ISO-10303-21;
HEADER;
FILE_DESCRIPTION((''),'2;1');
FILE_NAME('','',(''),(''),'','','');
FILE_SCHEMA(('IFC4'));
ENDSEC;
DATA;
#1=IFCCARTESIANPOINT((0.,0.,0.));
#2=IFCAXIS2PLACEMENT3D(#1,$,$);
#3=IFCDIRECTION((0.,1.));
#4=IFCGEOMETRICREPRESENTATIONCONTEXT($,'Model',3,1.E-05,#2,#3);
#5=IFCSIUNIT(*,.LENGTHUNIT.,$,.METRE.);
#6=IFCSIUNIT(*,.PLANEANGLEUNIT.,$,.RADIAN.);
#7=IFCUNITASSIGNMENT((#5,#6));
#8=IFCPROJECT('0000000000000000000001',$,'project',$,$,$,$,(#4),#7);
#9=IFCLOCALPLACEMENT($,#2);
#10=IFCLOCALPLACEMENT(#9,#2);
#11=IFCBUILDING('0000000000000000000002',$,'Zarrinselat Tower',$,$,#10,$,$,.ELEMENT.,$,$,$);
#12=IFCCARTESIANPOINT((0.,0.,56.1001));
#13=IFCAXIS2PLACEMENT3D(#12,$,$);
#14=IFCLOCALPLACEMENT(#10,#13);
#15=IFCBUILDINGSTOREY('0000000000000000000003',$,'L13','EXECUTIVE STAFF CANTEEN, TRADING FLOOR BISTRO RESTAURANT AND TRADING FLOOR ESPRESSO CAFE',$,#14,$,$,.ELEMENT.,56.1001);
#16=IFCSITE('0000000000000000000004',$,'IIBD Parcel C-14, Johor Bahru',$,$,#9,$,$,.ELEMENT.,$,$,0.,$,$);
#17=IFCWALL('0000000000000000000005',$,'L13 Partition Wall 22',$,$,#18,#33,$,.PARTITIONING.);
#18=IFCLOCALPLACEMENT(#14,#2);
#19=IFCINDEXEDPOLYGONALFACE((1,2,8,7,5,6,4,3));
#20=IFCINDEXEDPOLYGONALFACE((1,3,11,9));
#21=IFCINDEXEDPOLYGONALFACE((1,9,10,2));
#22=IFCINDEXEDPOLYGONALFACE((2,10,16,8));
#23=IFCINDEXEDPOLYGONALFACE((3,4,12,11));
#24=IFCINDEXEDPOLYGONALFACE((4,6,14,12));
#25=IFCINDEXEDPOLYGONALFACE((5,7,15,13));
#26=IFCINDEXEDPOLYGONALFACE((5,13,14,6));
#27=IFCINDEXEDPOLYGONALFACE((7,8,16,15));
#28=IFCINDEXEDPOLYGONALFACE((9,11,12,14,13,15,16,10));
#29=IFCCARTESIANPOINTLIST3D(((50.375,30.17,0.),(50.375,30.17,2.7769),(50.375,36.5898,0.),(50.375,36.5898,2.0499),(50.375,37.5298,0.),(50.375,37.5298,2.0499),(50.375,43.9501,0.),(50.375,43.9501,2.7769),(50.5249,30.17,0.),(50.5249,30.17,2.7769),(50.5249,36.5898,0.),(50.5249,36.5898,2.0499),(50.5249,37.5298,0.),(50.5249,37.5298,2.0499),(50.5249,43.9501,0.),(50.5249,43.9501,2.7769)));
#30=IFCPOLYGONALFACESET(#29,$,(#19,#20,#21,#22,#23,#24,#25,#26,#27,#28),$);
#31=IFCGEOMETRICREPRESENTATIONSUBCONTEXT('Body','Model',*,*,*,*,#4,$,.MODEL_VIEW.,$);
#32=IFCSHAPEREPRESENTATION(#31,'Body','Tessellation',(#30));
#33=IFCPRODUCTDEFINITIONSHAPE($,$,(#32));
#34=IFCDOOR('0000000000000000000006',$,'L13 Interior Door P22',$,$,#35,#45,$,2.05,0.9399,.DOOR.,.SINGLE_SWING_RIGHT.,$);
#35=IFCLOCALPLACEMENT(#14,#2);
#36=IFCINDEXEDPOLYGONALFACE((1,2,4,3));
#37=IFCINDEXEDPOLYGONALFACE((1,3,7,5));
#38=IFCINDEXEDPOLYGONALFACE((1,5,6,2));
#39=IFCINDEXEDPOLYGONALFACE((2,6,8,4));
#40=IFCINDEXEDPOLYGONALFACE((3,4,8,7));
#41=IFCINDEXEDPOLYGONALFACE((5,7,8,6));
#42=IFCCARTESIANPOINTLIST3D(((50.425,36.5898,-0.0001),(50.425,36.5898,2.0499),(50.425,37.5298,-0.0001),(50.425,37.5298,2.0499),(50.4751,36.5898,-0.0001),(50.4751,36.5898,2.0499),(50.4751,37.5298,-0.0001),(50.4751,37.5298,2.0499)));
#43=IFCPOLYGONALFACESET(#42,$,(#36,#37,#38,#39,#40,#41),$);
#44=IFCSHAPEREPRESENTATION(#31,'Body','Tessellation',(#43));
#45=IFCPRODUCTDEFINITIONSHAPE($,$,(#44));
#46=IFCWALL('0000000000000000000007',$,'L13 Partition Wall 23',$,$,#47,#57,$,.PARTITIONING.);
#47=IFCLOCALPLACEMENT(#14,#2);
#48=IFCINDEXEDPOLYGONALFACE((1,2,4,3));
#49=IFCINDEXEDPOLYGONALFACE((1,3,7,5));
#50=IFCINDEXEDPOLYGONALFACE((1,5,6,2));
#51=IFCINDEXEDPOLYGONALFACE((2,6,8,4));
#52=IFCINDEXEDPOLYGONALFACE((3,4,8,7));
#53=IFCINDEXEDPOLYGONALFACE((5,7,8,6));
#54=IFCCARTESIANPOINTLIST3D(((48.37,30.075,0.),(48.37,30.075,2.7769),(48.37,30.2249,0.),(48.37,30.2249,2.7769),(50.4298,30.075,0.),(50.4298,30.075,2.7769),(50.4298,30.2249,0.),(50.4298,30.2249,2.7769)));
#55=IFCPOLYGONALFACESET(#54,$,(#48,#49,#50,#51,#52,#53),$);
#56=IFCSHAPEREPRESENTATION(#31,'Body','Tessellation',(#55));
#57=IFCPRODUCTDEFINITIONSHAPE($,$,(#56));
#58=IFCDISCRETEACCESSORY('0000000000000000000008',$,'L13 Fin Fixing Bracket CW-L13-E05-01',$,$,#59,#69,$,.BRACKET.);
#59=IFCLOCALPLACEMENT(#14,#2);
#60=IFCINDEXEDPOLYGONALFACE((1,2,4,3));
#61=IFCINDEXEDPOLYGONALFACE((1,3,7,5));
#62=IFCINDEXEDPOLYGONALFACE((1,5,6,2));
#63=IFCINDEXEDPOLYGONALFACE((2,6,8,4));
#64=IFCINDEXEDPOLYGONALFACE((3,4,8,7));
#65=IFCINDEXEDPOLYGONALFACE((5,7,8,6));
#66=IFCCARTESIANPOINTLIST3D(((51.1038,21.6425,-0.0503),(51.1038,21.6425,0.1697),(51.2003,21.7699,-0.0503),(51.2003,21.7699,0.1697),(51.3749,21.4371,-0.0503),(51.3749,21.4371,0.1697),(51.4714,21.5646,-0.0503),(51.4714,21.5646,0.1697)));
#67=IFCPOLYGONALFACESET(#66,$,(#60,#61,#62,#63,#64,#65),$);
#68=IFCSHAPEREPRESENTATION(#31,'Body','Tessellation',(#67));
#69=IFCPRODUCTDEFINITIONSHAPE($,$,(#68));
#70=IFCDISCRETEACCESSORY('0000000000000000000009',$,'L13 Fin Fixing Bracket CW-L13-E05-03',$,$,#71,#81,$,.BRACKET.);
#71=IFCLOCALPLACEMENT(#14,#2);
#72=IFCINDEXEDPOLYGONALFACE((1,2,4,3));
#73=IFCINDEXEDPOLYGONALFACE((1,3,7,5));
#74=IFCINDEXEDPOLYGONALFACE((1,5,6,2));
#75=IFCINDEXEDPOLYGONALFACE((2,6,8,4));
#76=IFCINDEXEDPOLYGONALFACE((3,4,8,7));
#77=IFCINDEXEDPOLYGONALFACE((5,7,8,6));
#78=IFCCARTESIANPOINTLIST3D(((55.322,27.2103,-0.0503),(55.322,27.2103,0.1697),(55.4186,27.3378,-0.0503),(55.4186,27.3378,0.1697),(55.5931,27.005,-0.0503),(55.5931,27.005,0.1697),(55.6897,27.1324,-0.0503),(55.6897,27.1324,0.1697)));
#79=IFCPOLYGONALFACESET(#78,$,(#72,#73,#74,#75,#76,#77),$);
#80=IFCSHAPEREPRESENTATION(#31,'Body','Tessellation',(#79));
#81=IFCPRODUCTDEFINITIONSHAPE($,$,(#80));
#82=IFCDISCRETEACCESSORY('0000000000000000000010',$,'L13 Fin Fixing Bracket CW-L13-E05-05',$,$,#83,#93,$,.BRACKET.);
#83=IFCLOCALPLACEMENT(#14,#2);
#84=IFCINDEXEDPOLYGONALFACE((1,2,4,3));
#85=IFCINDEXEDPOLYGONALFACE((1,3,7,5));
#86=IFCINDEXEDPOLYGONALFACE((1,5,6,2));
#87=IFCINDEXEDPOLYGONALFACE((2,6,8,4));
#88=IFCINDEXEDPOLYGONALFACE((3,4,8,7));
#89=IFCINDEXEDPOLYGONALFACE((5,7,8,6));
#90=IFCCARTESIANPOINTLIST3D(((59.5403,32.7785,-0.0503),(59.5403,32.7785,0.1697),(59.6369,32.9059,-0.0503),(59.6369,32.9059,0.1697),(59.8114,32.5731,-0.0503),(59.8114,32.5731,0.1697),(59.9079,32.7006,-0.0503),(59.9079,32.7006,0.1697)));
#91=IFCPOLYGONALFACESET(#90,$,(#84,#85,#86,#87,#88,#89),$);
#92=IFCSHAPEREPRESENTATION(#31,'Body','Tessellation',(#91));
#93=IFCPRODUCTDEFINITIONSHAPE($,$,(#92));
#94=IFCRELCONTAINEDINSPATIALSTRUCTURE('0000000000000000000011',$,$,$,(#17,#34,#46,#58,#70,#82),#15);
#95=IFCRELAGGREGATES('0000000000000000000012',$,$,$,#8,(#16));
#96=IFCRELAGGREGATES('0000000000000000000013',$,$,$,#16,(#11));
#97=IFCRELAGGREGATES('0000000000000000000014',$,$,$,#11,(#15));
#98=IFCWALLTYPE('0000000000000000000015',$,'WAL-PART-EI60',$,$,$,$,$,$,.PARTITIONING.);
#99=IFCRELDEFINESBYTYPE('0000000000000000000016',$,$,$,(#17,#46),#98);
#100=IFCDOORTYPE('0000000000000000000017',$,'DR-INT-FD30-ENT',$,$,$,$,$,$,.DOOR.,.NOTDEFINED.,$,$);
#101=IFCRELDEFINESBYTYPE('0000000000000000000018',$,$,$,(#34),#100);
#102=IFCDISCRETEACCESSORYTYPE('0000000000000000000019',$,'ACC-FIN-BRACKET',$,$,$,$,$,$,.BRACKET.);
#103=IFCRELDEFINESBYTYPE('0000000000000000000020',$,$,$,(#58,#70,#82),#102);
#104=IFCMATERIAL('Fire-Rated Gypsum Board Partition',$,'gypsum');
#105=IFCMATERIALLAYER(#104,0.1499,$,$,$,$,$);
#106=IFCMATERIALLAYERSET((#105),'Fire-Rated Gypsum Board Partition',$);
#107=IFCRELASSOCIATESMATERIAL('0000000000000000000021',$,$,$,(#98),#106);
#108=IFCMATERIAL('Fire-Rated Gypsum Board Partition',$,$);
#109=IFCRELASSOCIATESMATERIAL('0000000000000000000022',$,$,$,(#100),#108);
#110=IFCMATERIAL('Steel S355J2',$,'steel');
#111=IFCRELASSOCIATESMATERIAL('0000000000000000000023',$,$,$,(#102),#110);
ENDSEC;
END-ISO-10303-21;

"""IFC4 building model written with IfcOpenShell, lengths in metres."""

from ifc_helpers import new_model, si_unit, direction, frame, frame_2d, origin, origin_2d, place, context, subcontext, project, spatial, rectangle, extrude, material, layer, layer_set, type_object, element, fill, save


model = new_model("IFC4")

# Units and contexts
model_context = context("Model", 3, precision=1e-05, world=origin(), true_north=direction((0.0, 1.0)))
body_context = subcontext(model_context, "Body", "Model", "MODEL_VIEW")
ifc_project = project(units=[si_unit("LENGTHUNIT", "METRE"), si_unit("PLANEANGLEUNIT", "RADIAN")], contexts=[model_context])

# Site, building, storey
site_placement = place(None, origin())
site = spatial("IfcSite", under=ifc_project, at=site_placement, Name="IIBD Parcel C-14, Johor Bahru", CompositionType="ELEMENT", RefElevation=0.0)
building_placement = place(site_placement, origin())
building = spatial("IfcBuilding", under=site, at=building_placement, Name="Zarrinselat Tower", CompositionType="ELEMENT")
storey_placement = place(building_placement, frame((0.0, 0.0, 56.1001)))
storey = spatial("IfcBuildingStorey", under=building, at=storey_placement, Name="L13", Description="EXECUTIVE STAFF CANTEEN, TRADING FLOOR BISTRO RESTAURANT AND TRADING FLOOR ESPRESSO CAFE", CompositionType="ELEMENT", Elevation=56.1001)

# Wall, opening, door
ifc_material_1 = material(Name="Fire-Rated Gypsum Board Partition", Category="gypsum")
ifc_layer_1 = layer(ifc_material_1, 0.1499)
ifc_layer_set_1 = layer_set([ifc_layer_1], Name="Fire-Rated Gypsum Board Partition")
wall_type = type_object("IfcWallType", Name="WAL-PART-EI60", PredefinedType="PARTITIONING", material=ifc_layer_set_1)
wall_1_placement = place(storey_placement, frame((50.45, 30.1699, 0.0), z_axis=(0.0, 0.0, 1.0), x_axis=(0.0, 1.0, 0.0)))
wall_1 = element("IfcWall", 1, at=wall_1_placement, inside=storey, type_object=wall_type, Name="L13 Partition Wall 22", PredefinedType="PARTITIONING", context=body_context, shape_type="SweptSolid", body=[
    extrude(rectangle(XDim=13.78, YDim=0.1499, at=frame_2d((6.8901, 0.0))), origin(), (0.0, 0.0, 1.0), 2.7769),
])
opening_placement = place(wall_1_placement, frame((6.4199, 0.0, 0.0)))
opening = element("IfcOpeningElement", 2, at=opening_placement, cuts=wall_1, PredefinedType="OPENING", context=body_context, shape_type="SweptSolid", body=[
    extrude(rectangle(XDim=0.9399, YDim=2.05, at=frame_2d((0.47, 1.0249))), frame((0.0, 0.085, 0.0), z_axis=(0.0, -1.0, 0.0), x_axis=(1.0, 0.0, 0.0)), (0.0, 0.0, 1.0), 0.1699),
])
ifc_material_2 = material(Name="Fire-Rated Gypsum Board Partition")
door_type = type_object("IfcDoorType", Name="DR-INT-FD30-ENT", OperationType="NOTDEFINED", PredefinedType="DOOR", material=ifc_material_2)
door_placement = place(opening_placement, origin())
door = element("IfcDoor", 3, at=door_placement, inside=storey, type_object=door_type, Name="L13 Interior Door P22", OperationType="SINGLE_SWING_RIGHT", OverallHeight=2.05, OverallWidth=0.9399, PredefinedType="DOOR", context=body_context, shape_type="SweptSolid", body=[
    extrude(rectangle(XDim=0.9399, YDim=2.05, at=frame_2d((0.47, 1.0249))), frame((0.0, 0.0249, 0.0), z_axis=(0.0, -1.0, 0.0), x_axis=(1.0, 0.0, 0.0)), (0.0, 0.0, 1.0), 0.05),
])
fill(opening, door)

# Wall
wall_2_placement = place(storey_placement, frame((48.3701, 30.1499, 0.0), z_axis=(0.0, 0.0, 1.0), x_axis=(1.0, 0.0, 0.0)))
element("IfcWall", 4, at=wall_2_placement, inside=storey, type_object=wall_type, Name="L13 Partition Wall 23", PredefinedType="PARTITIONING", context=body_context, shape_type="SweptSolid", body=[
    extrude(rectangle(XDim=2.0598, YDim=0.1499, at=frame_2d((1.0298, 0.0))), origin(), (0.0, 0.0, 1.0), 2.7769),
])

# Discrete accessories
ifc_material_3 = material(Name="Steel S355J2", Category="steel")
discrete_accessory_type = type_object("IfcDiscreteAccessoryType", Name="ACC-FIN-BRACKET", PredefinedType="BRACKET", material=ifc_material_3)
for number, where, z_axis, x_axis, name in (
    (5, (51.2876, 21.6035, -0.0503), (0.0, 0.0, 1.0), (0.79709, -0.603861, 0.0), "L13 Fin Fixing Bracket CW-L13-E05-01"),
    (6, (55.5059, 27.1714, -0.0503), (0.0, 0.0, 1.0), (0.79709, -0.603861, 0.0), "L13 Fin Fixing Bracket CW-L13-E05-03"),
    (7, (59.7241, 32.7395, -0.0503), (0.0, 0.0, 1.0), (0.79709, -0.603861, 0.0), "L13 Fin Fixing Bracket CW-L13-E05-05"),
):
    element("IfcDiscreteAccessory", number, at=place(storey_placement, frame(where, z_axis=z_axis, x_axis=x_axis)), inside=storey, type_object=discrete_accessory_type, Name=name, PredefinedType="BRACKET", context=body_context, shape_type="SweptSolid", body=[
        extrude(rectangle(XDim=0.3401, YDim=0.1599, at=origin_2d()), origin(), (0.0, 0.0, 1.0), 0.22),
    ])

save(model, "model.ifc")
